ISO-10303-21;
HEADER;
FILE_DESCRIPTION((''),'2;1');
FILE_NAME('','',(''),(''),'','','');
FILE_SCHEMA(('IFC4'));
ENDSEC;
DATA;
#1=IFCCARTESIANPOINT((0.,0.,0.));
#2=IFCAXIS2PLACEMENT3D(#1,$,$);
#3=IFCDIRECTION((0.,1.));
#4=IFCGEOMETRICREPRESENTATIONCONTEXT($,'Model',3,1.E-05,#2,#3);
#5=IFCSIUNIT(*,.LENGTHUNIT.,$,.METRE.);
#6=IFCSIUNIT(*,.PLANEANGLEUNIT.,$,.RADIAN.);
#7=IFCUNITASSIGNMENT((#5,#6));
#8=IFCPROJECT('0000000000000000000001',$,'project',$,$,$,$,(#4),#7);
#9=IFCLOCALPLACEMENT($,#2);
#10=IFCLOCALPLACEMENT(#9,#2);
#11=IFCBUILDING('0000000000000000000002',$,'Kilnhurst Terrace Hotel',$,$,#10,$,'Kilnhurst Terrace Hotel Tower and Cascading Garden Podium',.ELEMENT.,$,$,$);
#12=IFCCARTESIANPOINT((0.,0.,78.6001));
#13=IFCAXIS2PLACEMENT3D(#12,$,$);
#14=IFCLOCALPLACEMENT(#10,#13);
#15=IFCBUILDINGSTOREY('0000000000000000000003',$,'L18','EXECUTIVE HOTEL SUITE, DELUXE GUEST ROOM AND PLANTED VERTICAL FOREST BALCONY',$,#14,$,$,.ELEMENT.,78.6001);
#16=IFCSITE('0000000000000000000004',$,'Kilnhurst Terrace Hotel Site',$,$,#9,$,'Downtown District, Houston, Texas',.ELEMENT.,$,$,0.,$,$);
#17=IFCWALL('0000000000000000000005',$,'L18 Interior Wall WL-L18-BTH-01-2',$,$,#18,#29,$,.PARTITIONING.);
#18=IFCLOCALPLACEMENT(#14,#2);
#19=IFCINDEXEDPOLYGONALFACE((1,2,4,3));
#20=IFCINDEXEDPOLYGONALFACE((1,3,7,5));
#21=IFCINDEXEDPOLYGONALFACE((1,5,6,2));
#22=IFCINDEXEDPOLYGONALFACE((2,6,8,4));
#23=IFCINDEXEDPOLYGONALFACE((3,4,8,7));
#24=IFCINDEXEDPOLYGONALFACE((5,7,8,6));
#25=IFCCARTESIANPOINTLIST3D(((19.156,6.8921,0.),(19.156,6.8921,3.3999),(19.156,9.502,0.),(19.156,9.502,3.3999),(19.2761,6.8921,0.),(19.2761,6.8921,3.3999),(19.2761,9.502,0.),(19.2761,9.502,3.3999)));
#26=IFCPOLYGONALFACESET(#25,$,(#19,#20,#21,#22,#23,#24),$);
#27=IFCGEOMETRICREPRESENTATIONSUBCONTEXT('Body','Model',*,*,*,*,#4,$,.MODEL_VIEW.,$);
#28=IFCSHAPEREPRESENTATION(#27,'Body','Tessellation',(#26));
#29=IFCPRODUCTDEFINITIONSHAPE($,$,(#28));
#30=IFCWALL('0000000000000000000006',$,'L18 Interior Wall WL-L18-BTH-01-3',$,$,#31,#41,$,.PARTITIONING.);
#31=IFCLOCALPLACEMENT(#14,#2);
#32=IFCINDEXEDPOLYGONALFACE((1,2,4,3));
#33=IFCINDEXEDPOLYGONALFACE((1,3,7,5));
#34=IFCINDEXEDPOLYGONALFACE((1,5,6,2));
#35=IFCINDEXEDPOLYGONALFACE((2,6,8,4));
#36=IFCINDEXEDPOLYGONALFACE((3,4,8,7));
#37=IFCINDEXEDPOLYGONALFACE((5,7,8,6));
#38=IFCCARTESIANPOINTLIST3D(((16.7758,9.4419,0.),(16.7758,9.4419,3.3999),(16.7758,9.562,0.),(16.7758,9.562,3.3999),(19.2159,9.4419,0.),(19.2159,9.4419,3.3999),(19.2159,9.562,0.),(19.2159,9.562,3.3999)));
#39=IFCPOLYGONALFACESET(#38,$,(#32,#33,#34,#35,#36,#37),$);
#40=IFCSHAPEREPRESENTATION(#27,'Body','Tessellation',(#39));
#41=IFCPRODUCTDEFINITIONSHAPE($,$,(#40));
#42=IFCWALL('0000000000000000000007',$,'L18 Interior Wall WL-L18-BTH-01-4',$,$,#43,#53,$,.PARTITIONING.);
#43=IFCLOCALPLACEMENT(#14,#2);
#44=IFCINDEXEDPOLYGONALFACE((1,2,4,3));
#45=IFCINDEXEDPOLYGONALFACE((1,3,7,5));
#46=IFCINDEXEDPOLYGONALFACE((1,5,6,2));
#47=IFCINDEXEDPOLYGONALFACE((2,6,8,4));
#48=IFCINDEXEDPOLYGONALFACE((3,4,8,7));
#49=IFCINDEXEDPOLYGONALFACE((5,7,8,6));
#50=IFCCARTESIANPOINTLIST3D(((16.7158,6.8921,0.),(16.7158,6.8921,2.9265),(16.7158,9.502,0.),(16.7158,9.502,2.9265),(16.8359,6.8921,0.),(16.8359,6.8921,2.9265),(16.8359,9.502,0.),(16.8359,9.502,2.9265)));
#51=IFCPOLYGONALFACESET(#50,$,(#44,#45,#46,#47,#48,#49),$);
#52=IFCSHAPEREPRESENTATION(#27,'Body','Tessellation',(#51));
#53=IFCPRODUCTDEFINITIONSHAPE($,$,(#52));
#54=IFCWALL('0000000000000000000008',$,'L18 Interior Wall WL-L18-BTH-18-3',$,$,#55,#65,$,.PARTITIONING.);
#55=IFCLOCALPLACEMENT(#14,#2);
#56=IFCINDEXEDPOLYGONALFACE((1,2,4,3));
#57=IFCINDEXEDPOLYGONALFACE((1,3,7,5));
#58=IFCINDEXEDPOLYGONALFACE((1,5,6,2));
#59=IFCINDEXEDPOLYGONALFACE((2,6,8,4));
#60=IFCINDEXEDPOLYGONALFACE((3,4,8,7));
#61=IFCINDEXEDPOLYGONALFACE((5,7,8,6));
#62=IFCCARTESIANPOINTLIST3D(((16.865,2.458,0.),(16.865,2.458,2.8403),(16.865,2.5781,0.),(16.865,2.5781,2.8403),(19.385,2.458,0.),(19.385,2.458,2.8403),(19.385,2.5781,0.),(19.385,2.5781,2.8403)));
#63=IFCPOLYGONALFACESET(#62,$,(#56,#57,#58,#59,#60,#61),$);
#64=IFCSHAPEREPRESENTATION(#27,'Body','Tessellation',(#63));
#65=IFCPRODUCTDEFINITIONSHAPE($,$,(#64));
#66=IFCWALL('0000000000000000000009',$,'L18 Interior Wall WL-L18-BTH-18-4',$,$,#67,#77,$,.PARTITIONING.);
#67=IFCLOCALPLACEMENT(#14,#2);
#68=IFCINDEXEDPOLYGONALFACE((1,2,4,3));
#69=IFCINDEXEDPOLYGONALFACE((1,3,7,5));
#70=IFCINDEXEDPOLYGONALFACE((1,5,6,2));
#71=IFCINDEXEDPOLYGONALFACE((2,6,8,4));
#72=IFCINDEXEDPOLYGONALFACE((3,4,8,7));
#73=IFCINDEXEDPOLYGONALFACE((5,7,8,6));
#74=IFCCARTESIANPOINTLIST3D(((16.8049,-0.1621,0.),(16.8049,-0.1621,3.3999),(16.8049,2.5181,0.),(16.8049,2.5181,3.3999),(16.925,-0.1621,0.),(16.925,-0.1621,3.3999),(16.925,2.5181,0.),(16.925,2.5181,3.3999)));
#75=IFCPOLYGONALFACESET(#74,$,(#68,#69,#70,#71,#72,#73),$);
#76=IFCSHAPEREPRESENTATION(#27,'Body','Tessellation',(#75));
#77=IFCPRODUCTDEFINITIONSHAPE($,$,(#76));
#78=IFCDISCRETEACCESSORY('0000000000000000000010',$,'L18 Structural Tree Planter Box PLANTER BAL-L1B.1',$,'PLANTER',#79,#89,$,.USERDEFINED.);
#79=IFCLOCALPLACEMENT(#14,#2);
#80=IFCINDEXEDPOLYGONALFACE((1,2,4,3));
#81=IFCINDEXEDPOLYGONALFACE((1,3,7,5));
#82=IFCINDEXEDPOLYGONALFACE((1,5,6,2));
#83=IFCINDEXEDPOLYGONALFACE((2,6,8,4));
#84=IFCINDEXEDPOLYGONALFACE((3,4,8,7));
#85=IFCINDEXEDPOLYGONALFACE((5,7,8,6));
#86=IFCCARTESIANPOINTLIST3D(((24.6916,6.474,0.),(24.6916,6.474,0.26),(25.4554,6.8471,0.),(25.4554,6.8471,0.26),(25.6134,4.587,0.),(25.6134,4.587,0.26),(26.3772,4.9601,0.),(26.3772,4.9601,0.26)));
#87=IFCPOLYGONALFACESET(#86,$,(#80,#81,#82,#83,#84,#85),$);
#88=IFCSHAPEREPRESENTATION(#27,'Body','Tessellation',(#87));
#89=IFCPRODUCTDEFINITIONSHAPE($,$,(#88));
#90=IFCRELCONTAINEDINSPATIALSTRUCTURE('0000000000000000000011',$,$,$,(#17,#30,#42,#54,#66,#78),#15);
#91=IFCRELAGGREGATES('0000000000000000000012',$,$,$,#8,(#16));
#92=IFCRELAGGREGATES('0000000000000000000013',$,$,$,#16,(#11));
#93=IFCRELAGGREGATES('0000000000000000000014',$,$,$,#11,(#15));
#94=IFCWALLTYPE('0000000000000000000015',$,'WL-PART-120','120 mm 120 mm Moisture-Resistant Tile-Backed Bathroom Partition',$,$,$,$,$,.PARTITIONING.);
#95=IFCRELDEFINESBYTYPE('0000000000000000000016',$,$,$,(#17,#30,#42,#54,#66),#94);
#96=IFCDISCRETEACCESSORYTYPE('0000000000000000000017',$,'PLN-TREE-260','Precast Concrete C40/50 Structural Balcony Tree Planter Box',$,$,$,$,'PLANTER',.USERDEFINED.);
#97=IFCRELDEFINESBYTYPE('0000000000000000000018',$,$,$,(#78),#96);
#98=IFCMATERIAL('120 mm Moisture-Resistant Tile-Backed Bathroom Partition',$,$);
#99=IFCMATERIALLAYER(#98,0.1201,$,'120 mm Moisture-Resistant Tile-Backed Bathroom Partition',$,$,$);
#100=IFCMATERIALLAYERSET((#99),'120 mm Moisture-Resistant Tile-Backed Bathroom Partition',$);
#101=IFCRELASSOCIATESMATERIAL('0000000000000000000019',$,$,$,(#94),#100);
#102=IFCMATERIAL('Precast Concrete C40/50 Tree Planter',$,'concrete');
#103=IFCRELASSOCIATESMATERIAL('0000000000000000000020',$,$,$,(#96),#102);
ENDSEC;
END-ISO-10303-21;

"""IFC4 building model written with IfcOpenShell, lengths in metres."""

from ifc_helpers import new_model, si_unit, direction, frame, frame_2d, origin, origin_2d, place, context, subcontext, project, spatial, rectangle, extrude, material, layer, layer_set, type_object, element, save


model = new_model("IFC4")

# Units and contexts
model_context = context("Model", 3, precision=1e-05, world=origin(), true_north=direction((0.0, 1.0)))
body_context = subcontext(model_context, "Body", "Model", "MODEL_VIEW")
ifc_project = project(units=[si_unit("LENGTHUNIT", "METRE"), si_unit("PLANEANGLEUNIT", "RADIAN")], contexts=[model_context])

# Site, building, storey
site_placement = place(None, origin())
site = spatial("IfcSite", under=ifc_project, at=site_placement, Name="Kilnhurst Terrace Hotel Site", LongName="Downtown District, Houston, Texas", CompositionType="ELEMENT", RefElevation=0.0)
building_placement = place(site_placement, origin())
building = spatial("IfcBuilding", under=site, at=building_placement, Name="Kilnhurst Terrace Hotel", LongName="Kilnhurst Terrace Hotel Tower and Cascading Garden Podium", CompositionType="ELEMENT")
storey_placement = place(building_placement, frame((0.0, 0.0, 78.6001)))
storey = spatial("IfcBuildingStorey", under=building, at=storey_placement, Name="L18", Description="EXECUTIVE HOTEL SUITE, DELUXE GUEST ROOM AND PLANTED VERTICAL FOREST BALCONY", CompositionType="ELEMENT", Elevation=78.6001)

# Shared definitions
ifc_material_1 = material(Name="120 mm Moisture-Resistant Tile-Backed Bathroom Partition")
ifc_layer_1 = layer(ifc_material_1, 0.1201, Name="120 mm Moisture-Resistant Tile-Backed Bathroom Partition")
ifc_layer_set_1 = layer_set([ifc_layer_1], Name="120 mm Moisture-Resistant Tile-Backed Bathroom Partition")
wall_type_1 = type_object("IfcWallType", Name="WL-PART-120", Description="120 mm 120 mm Moisture-Resistant Tile-Backed Bathroom Partition", PredefinedType="PARTITIONING", material=ifc_layer_set_1)

# Walls
wall_1_placement = place(storey_placement, frame((19.2161, 6.8921, 0.0), z_axis=(0.0, 0.0, 1.0), x_axis=(0.0, 1.0, 0.0)))
element("IfcWall", 1, at=wall_1_placement, inside=storey, type_object=wall_type_1, Name="L18 Interior Wall WL-L18-BTH-01-2", PredefinedType="PARTITIONING", context=body_context, shape_type="SweptSolid", body=[
    extrude(rectangle(XDim=2.6099, YDim=0.1201, at=frame_2d((1.3049, 0.0))), origin(), (0.0, 0.0, 1.0), 3.3999),
])
wall_2_placement = place(storey_placement, frame((19.2161, 9.502, 0.0), z_axis=(0.0, 0.0, 1.0), x_axis=(-1.0, 0.0, 0.0)))
element("IfcWall", 2, at=wall_2_placement, inside=storey, type_object=wall_type_1, Name="L18 Interior Wall WL-L18-BTH-01-3", PredefinedType="PARTITIONING", context=body_context, shape_type="SweptSolid", body=[
    extrude(rectangle(XDim=2.4402, YDim=0.1201, at=frame_2d((1.2202, 0.0))), origin(), (0.0, 0.0, 1.0), 3.3999),
])
wall_3_placement = place(storey_placement, frame((16.7759, 9.502, 0.0), z_axis=(0.0, 0.0, 1.0), x_axis=(0.0, -1.0, 0.0)))
element("IfcWall", 3, at=wall_3_placement, inside=storey, type_object=wall_type_1, Name="L18 Interior Wall WL-L18-BTH-01-4", PredefinedType="PARTITIONING", context=body_context, shape_type="SweptSolid", body=[
    extrude(rectangle(XDim=2.6099, YDim=0.1201, at=frame_2d((1.3049, 0.0))), origin(), (0.0, 0.0, 1.0), 2.9265),
])
wall_4_placement = place(storey_placement, frame((19.385, 2.5181, 0.0), z_axis=(0.0, 0.0, 1.0), x_axis=(-1.0, 0.0, 0.0)))
element("IfcWall", 4, at=wall_4_placement, inside=storey, type_object=wall_type_1, Name="L18 Interior Wall WL-L18-BTH-18-3", PredefinedType="PARTITIONING", context=body_context, shape_type="SweptSolid", body=[
    extrude(rectangle(XDim=2.52, YDim=0.1201, at=frame_2d((1.26, 0.0))), origin(), (0.0, 0.0, 1.0), 2.8403),
])
wall_5_placement = place(storey_placement, frame((16.865, 2.5181, 0.0), z_axis=(0.0, 0.0, 1.0), x_axis=(0.0, -1.0, 0.0)))
element("IfcWall", 5, at=wall_5_placement, inside=storey, type_object=wall_type_1, Name="L18 Interior Wall WL-L18-BTH-18-4", PredefinedType="PARTITIONING", context=body_context, shape_type="SweptSolid", body=[
    extrude(rectangle(XDim=2.6802, YDim=0.1201, at=frame_2d((1.3401, 0.0))), origin(), (0.0, 0.0, 1.0), 3.3999),
])

# Discrete accessory
ifc_material_2 = material(Name="Precast Concrete C40/50 Tree Planter", Category="concrete")
discrete_accessory_type = type_object("IfcDiscreteAccessoryType", Name="PLN-TREE-260", Description="Precast Concrete C40/50 Structural Balcony Tree Planter Box", ElementType="PLANTER", PredefinedType="USERDEFINED", material=ifc_material_2)
discrete_accessory_placement = place(storey_placement, frame((25.5344, 5.717, 0.0), z_axis=(0.0, 0.0, 1.0), x_axis=(-0.438936, 0.898518, 0.0)))
element("IfcDiscreteAccessory", 6, at=discrete_accessory_placement, inside=storey, type_object=discrete_accessory_type, Name="L18 Structural Tree Planter Box PLANTER BAL-L1B.1", ObjectType="PLANTER", PredefinedType="USERDEFINED", context=body_context, shape_type="SweptSolid", body=[
    extrude(rectangle(XDim=2.1001, YDim=0.8501, at=origin_2d()), origin(), (0.0, 0.0, 1.0), 0.26),
])

save(model, "model.ifc")
